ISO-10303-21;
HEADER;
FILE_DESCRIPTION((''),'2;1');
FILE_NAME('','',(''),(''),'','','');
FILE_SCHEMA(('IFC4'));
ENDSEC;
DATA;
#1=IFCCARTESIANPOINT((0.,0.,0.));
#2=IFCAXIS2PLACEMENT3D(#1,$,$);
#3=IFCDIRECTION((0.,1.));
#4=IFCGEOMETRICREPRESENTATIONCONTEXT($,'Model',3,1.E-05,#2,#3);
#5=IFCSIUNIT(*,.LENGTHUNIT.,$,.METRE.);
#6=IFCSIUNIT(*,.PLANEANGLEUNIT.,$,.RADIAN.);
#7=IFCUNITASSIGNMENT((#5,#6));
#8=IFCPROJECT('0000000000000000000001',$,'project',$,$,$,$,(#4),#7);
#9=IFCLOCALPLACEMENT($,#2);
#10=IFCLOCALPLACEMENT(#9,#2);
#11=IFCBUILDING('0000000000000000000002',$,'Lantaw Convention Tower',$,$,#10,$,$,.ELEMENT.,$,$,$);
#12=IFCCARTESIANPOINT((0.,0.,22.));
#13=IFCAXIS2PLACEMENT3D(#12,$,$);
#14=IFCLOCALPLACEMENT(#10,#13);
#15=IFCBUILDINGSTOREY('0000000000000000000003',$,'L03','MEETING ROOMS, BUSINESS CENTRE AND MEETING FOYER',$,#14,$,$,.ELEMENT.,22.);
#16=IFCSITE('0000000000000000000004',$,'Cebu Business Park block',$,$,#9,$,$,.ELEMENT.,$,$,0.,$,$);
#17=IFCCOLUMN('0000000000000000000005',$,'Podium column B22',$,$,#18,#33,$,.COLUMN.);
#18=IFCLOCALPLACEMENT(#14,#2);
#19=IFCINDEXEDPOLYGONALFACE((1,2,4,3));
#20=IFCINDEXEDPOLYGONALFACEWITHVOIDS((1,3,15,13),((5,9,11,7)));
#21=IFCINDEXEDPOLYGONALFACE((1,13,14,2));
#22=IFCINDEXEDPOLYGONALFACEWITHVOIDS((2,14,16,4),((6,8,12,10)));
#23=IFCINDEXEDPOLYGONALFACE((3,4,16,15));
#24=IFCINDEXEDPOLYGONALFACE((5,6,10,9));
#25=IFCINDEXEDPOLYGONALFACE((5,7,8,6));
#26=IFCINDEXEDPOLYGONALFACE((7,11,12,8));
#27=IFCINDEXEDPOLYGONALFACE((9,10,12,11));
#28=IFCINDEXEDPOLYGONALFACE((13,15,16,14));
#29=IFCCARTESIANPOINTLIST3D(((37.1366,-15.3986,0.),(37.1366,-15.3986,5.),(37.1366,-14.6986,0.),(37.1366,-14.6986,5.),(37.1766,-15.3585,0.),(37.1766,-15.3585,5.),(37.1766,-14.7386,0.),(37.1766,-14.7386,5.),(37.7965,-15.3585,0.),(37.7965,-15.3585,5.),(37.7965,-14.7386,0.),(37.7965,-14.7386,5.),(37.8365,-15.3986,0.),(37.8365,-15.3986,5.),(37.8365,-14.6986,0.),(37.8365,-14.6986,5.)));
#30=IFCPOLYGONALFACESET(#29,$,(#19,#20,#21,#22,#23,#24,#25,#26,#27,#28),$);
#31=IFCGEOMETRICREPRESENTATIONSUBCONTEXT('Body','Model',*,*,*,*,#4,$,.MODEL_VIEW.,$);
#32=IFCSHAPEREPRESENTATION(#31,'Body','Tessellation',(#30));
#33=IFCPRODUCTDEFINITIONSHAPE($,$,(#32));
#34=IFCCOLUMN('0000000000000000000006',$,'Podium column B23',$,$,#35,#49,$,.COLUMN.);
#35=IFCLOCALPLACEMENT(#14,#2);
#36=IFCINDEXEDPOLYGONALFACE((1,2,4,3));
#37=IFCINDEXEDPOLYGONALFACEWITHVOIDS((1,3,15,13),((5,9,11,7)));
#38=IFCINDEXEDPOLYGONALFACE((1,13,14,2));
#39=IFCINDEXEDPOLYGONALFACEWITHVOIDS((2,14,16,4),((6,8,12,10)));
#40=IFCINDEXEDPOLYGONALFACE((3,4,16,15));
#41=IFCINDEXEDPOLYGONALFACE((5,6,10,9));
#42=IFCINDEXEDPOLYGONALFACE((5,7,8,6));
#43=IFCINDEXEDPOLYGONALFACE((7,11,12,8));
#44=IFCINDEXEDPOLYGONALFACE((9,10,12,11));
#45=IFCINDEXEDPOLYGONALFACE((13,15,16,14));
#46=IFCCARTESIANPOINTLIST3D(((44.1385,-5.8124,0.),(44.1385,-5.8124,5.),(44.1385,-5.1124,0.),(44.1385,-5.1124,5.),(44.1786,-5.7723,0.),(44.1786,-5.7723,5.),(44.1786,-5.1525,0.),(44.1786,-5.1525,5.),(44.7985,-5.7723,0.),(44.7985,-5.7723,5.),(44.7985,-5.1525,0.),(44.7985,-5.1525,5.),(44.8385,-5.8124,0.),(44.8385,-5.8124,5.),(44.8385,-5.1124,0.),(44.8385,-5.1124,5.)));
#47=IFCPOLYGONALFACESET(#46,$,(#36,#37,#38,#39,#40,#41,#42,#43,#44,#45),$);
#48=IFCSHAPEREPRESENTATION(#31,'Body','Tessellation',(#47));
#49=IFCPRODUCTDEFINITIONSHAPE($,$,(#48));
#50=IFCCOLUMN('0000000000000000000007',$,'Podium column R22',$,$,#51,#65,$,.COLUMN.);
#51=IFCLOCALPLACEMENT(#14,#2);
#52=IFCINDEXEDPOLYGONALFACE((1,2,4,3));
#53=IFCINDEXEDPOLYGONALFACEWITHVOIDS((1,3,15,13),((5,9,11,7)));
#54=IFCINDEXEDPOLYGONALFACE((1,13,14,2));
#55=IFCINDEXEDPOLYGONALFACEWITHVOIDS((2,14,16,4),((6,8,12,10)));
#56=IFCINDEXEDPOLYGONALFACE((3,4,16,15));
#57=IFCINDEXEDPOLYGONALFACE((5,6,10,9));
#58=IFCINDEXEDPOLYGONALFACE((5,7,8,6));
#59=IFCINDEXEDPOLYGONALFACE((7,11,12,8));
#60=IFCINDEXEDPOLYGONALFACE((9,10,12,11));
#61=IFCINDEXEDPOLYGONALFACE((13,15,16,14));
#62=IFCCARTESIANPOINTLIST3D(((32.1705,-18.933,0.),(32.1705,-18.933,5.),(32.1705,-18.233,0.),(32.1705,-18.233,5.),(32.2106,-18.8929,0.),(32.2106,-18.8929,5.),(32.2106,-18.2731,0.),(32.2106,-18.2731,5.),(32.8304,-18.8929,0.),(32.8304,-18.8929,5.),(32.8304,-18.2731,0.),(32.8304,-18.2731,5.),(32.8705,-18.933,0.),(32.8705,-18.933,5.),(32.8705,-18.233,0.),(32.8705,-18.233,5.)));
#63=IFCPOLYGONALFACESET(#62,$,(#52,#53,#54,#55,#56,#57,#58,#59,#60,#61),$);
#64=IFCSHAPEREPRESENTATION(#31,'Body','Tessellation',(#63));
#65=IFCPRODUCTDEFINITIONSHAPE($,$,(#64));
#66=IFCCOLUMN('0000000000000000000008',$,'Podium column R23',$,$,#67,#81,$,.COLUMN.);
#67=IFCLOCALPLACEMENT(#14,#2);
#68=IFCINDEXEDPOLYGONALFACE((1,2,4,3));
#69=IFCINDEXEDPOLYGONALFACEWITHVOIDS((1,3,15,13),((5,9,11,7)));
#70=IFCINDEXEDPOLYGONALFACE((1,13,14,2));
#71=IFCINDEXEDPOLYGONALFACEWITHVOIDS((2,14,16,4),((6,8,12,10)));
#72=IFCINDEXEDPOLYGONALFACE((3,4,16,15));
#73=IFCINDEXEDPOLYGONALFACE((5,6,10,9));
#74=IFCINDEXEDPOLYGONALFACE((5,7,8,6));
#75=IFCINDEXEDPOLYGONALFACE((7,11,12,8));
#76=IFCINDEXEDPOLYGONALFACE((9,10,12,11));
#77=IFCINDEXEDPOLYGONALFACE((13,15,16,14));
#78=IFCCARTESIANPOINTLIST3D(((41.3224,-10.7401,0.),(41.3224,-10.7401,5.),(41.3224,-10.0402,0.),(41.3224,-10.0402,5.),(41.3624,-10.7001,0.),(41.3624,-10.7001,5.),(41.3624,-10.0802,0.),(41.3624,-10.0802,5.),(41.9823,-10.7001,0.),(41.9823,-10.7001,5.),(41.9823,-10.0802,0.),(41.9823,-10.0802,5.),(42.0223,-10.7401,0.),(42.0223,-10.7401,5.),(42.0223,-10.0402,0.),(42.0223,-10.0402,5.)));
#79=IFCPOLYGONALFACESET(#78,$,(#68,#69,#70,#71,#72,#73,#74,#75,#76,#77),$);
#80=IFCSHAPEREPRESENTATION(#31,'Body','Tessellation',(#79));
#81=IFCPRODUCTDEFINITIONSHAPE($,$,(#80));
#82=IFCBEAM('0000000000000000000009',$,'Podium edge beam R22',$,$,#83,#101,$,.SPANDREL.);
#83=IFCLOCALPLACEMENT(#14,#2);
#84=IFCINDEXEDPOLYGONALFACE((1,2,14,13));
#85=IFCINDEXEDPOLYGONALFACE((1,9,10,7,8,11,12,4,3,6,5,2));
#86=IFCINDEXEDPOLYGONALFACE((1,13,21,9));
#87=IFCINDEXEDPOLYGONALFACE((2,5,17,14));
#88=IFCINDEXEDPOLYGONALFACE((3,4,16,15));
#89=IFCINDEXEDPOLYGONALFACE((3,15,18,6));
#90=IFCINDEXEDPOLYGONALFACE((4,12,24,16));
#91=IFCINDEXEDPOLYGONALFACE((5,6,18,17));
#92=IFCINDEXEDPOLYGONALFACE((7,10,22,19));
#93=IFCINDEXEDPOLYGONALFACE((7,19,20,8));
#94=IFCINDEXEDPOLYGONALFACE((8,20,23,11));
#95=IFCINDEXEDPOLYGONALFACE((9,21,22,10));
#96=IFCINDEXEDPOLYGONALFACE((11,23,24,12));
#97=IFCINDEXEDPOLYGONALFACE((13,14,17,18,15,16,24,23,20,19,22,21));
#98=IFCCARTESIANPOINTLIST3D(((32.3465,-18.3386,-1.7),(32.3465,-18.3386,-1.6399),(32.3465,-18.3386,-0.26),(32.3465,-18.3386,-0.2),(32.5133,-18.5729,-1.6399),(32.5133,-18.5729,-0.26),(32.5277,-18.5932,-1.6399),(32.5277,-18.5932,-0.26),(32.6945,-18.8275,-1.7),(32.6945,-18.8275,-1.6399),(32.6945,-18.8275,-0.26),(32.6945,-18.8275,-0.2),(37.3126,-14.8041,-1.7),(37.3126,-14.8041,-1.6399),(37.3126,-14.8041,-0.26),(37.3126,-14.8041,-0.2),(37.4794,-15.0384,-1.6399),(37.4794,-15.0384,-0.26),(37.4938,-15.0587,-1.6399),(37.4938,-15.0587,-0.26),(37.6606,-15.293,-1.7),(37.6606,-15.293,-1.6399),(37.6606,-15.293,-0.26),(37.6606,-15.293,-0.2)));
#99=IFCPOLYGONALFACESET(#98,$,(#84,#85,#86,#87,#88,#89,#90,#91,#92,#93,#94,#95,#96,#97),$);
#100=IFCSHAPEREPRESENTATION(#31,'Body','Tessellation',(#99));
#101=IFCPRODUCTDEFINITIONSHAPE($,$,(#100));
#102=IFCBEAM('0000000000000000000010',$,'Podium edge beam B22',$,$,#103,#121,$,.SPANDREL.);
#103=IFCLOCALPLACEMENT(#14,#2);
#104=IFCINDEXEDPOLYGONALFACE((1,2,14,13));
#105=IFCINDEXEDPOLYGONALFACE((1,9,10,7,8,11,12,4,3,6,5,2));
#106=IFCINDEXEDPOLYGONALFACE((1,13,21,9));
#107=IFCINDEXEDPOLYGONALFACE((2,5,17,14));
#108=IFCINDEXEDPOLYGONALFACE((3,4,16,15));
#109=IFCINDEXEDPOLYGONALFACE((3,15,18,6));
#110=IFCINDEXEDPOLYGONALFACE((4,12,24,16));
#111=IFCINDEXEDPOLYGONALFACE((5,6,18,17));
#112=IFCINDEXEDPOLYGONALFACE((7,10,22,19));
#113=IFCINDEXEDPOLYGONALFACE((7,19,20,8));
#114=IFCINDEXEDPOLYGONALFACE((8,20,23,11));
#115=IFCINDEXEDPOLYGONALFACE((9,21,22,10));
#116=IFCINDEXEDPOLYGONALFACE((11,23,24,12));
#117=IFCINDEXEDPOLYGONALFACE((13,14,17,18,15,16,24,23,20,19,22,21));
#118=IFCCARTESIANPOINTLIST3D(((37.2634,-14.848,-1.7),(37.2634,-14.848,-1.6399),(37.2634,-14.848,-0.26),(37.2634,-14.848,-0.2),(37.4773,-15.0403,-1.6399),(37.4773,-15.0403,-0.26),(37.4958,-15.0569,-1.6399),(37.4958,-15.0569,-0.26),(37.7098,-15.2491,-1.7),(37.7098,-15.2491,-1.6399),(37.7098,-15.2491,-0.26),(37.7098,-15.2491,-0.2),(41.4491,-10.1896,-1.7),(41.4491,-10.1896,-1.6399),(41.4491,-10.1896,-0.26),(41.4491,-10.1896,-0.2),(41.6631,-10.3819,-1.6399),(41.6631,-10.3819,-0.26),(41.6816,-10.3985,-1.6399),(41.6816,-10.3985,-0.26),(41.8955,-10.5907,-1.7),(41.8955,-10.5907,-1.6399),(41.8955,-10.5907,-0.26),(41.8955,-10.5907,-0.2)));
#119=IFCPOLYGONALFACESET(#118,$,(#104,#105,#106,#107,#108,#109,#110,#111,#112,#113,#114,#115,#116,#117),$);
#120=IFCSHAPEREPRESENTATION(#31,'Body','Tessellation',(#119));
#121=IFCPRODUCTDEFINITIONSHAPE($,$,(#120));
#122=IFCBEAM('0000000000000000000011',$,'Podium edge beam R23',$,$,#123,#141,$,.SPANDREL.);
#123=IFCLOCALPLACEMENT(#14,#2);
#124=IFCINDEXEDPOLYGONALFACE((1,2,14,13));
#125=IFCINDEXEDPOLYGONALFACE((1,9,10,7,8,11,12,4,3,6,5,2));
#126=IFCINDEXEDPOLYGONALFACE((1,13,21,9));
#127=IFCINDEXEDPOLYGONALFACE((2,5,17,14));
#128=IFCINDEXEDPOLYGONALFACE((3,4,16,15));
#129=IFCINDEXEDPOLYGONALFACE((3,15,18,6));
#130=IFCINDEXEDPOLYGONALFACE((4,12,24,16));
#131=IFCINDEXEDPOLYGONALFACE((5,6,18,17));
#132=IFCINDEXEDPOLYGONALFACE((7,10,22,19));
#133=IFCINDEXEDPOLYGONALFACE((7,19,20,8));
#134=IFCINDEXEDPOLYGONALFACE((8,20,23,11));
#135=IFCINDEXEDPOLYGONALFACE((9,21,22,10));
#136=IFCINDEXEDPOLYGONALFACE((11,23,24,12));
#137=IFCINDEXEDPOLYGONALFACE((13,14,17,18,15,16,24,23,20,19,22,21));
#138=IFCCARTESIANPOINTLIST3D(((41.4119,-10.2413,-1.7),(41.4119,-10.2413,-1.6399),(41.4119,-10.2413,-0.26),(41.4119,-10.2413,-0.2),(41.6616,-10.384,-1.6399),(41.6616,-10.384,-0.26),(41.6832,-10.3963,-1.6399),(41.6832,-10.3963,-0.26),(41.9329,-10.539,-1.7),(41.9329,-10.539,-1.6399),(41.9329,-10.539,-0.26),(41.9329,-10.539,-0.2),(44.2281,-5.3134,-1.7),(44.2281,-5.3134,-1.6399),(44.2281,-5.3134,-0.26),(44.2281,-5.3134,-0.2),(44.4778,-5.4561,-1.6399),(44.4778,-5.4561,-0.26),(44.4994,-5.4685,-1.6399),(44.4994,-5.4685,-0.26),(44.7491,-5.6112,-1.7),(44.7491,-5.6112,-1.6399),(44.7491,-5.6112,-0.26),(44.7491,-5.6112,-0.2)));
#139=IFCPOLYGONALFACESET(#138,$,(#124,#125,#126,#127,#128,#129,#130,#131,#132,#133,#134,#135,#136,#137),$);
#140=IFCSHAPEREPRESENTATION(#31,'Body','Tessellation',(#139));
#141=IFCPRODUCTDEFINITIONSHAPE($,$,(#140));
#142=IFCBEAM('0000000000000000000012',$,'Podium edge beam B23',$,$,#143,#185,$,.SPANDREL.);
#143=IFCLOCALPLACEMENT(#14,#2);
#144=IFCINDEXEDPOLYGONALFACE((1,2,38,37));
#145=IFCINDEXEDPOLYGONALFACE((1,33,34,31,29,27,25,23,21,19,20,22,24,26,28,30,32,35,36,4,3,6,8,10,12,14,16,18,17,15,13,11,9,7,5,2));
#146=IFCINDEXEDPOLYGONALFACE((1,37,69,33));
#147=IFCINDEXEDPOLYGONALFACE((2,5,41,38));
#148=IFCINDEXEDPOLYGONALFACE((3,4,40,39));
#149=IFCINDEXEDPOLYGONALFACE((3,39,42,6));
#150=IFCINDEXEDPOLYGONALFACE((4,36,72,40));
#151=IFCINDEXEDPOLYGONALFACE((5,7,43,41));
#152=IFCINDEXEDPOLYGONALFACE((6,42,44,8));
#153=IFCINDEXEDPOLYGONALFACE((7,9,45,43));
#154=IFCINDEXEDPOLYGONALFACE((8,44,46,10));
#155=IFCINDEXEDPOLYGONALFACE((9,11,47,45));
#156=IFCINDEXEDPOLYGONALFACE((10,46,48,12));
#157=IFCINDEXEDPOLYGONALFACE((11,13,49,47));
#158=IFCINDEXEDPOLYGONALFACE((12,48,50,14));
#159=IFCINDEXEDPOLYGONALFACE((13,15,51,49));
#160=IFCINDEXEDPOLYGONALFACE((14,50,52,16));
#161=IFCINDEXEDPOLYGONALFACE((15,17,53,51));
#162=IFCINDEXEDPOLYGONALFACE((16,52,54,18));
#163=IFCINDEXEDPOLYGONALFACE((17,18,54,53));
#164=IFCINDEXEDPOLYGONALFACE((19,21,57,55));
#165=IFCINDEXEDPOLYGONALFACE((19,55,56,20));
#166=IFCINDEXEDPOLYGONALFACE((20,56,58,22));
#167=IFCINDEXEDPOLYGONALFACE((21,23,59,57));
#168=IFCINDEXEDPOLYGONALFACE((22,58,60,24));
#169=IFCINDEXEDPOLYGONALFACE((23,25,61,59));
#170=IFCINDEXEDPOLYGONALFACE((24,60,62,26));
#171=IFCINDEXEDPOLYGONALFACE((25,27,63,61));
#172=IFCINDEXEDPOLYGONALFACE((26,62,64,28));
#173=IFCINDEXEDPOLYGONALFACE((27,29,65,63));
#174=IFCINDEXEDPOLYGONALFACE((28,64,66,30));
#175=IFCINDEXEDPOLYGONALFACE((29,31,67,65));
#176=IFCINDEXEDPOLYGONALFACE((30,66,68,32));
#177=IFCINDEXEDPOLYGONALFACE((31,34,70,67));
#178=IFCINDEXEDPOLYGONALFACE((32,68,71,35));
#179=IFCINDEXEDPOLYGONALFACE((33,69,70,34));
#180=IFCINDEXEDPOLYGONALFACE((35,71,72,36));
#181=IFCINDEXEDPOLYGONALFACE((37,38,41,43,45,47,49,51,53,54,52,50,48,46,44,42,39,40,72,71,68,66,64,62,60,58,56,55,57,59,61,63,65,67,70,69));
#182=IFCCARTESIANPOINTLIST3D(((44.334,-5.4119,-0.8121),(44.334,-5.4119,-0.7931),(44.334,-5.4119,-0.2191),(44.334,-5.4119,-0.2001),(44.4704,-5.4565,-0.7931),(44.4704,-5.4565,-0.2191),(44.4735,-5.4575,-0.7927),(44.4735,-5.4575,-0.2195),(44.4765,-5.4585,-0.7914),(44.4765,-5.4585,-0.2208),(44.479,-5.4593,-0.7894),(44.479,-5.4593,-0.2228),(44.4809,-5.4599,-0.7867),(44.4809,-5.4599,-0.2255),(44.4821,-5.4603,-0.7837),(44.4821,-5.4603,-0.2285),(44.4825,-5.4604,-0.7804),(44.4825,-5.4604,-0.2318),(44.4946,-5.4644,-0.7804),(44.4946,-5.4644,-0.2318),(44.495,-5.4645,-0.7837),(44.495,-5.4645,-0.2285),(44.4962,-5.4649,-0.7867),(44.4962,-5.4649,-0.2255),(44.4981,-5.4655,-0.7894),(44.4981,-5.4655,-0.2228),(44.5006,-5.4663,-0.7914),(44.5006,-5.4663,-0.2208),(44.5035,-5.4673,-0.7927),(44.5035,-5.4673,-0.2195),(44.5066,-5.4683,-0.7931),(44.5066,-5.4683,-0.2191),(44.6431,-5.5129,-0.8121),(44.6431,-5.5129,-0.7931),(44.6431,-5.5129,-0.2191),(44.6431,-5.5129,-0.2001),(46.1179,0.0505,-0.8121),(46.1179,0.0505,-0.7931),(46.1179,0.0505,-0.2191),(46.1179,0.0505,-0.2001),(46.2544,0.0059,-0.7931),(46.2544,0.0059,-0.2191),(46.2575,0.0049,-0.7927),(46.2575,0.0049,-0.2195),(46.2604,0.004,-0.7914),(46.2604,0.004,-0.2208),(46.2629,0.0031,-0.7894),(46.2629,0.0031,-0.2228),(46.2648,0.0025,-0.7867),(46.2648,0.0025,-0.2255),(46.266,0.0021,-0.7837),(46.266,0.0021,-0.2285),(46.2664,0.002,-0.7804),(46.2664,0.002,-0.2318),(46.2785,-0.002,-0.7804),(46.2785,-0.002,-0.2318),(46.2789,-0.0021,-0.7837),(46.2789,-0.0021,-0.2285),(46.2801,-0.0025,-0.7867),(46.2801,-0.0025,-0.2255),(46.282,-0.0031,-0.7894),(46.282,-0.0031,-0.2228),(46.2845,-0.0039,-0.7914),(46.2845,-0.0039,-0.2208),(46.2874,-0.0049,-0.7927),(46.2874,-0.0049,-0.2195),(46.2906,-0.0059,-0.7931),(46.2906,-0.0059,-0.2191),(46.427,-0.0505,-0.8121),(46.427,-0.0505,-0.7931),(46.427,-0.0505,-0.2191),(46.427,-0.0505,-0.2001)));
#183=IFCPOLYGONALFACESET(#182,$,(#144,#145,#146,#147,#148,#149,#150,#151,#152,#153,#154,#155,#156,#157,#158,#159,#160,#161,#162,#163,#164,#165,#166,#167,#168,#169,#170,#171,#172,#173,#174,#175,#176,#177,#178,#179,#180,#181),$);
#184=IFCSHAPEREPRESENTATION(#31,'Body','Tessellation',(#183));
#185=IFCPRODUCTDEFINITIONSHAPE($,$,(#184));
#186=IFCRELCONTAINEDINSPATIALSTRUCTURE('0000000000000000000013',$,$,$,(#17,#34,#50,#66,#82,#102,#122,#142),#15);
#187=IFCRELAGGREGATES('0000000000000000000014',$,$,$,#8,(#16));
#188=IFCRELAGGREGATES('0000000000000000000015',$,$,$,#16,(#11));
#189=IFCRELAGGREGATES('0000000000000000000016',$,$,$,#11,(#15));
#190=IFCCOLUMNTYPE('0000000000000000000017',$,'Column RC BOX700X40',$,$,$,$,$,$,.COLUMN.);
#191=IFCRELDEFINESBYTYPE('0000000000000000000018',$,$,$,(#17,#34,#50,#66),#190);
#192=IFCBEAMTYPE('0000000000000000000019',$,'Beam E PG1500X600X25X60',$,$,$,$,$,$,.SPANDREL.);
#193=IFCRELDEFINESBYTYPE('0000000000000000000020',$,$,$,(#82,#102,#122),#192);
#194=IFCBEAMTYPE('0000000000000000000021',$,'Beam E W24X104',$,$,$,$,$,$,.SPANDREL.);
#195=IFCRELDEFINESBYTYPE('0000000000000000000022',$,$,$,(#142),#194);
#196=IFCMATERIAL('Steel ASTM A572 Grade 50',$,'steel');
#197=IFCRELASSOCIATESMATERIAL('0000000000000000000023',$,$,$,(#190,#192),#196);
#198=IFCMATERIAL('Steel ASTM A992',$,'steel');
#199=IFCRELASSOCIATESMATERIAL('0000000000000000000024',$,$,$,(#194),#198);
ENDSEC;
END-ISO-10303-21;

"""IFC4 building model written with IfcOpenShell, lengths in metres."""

from ifc_helpers import new_model, si_unit, direction, frame, origin, origin_2d, place, context, subcontext, project, spatial, hollow_rectangle, i_section, extrude, material, material_profile, profile_set, type_object, element, save


model = new_model("IFC4")

# Units and contexts
model_context = context("Model", 3, precision=1e-05, world=origin(), true_north=direction((0.0, 1.0)))
body_context = subcontext(model_context, "Body", "Model", "MODEL_VIEW")
ifc_project = project(units=[si_unit("LENGTHUNIT", "METRE"), si_unit("PLANEANGLEUNIT", "RADIAN")], contexts=[model_context])

# Site, building, storey
site_placement = place(None, origin())
site = spatial("IfcSite", under=ifc_project, at=site_placement, Name="Cebu Business Park block", CompositionType="ELEMENT", RefElevation=0.0)
building_placement = place(site_placement, origin())
building = spatial("IfcBuilding", under=site, at=building_placement, Name="Lantaw Convention Tower", CompositionType="ELEMENT")
storey_placement = place(building_placement, frame((0.0, 0.0, 22.0)))
storey = spatial("IfcBuildingStorey", under=building, at=storey_placement, Name="L03", Description="MEETING ROOMS, BUSINESS CENTRE AND MEETING FOYER", CompositionType="ELEMENT", Elevation=22.0)

# Columns
ifc_material_1 = material(Name="Steel ASTM A572 Grade 50", Category="steel")
ifc_material_profile_1 = material_profile(ifc_material_1, hollow_rectangle(XDim=0.7, YDim=0.7, WallThickness=0.04, at=origin_2d()), Name="BOX700X40")
ifc_profile_set_1 = profile_set([ifc_material_profile_1], Name="Steel ASTM A572 Grade 50")
column_type = type_object("IfcColumnType", Name="Column RC BOX700X40", PredefinedType="COLUMN", material=ifc_profile_set_1)
for number, where, z_axis, x_axis, name in (
    (1, (37.4866, -15.0486, 0.0), (0.0, 0.0, 1.0), (1.0, 0.0, 0.0), "Podium column B22"),
    (2, (44.4885, -5.4624, 0.0), (0.0, 0.0, 1.0), (1.0, 0.0, 0.0), "Podium column B23"),
    (3, (32.5205, -18.583, 0.0), (0.0, 0.0, 1.0), (1.0, 0.0, 0.0), "Podium column R22"),
    (4, (41.6724, -10.3901, 0.0), (0.0, 0.0, 1.0), (1.0, 0.0, 0.0), "Podium column R23"),
):
    element("IfcColumn", number, at=place(storey_placement, frame(where, z_axis=z_axis, x_axis=x_axis)), inside=storey, type_object=column_type, Name=name, PredefinedType="COLUMN", context=body_context, shape_type="SweptSolid", body=[
        extrude(hollow_rectangle(XDim=0.7, YDim=0.7, WallThickness=0.04, at=origin_2d()), origin(), (0.0, 0.0, 1.0), 5.0),
    ])

# Beams
ifc_material_profile_2 = material_profile(ifc_material_1, i_section(OverallWidth=0.6001, OverallDepth=1.5, WebThickness=0.0249, FlangeThickness=0.0601, at=origin_2d()), Name="PG1500X600X25X60")
ifc_profile_set_2 = profile_set([ifc_material_profile_2], Name="Steel ASTM A572 Grade 50")
beam_type_1 = type_object("IfcBeamType", Name="Beam E PG1500X600X25X60", PredefinedType="SPANDREL", material=ifc_profile_set_2)
beam_1_placement = place(storey_placement, frame((32.5205, -18.583, -0.95), z_axis=(0.814723, 0.579851, 0.0), x_axis=(-0.579851, 0.814723, 0.0)))
element("IfcBeam", 5, at=beam_1_placement, inside=storey, type_object=beam_type_1, Name="Podium edge beam R22", PredefinedType="SPANDREL", context=body_context, shape_type="SweptSolid", body=[
    extrude(i_section(OverallWidth=0.6001, OverallDepth=1.5, WebThickness=0.0249, FlangeThickness=0.0601, at=origin_2d()), origin(), (0.0, 0.0, 1.0), 6.0955),
])
beam_2_placement = place(storey_placement, frame((37.4866, -15.0486, -0.95), z_axis=(0.668364, 0.743835, 0.0), x_axis=(-0.743835, 0.668364, 0.0)))
element("IfcBeam", 6, at=beam_2_placement, inside=storey, type_object=beam_type_1, Name="Podium edge beam B22", PredefinedType="SPANDREL", context=body_context, shape_type="SweptSolid", body=[
    extrude(i_section(OverallWidth=0.6001, OverallDepth=1.5, WebThickness=0.0249, FlangeThickness=0.0601, at=origin_2d()), origin(), (0.0, 0.0, 1.0), 6.2627),
])
beam_3_placement = place(storey_placement, frame((41.6724, -10.3901, -0.95), z_axis=(0.496181, 0.868219, 0.0), x_axis=(-0.868219, 0.496181, 0.0)))
element("IfcBeam", 7, at=beam_3_placement, inside=storey, type_object=beam_type_1, Name="Podium edge beam R23", PredefinedType="SPANDREL", context=body_context, shape_type="SweptSolid", body=[
    extrude(i_section(OverallWidth=0.6001, OverallDepth=1.5, WebThickness=0.0249, FlangeThickness=0.0601, at=origin_2d()), origin(), (0.0, 0.0, 1.0), 5.6758),
])
ifc_material_2 = material(Name="Steel ASTM A992", Category="steel")
ifc_material_profile_3 = material_profile(ifc_material_2, i_section(OverallWidth=0.3252, OverallDepth=0.6121, WebThickness=0.0127, FlangeThickness=0.019, FilletRadius=0.0127, at=origin_2d()), Name="W24X104")
ifc_profile_set_3 = profile_set([ifc_material_profile_3], Name="Steel ASTM A992")
beam_type_2 = type_object("IfcBeamType", Name="Beam E W24X104", PredefinedType="SPANDREL", material=ifc_profile_set_3)
beam_4_placement = place(storey_placement, frame((44.4885, -5.4624, -0.5061), z_axis=(0.310448, 0.95059, 0.0), x_axis=(-0.95059, 0.310448, 0.0)))
element("IfcBeam", 8, at=beam_4_placement, inside=storey, type_object=beam_type_2, Name="Podium edge beam B23", PredefinedType="SPANDREL", context=body_context, shape_type="SweptSolid", body=[
    extrude(i_section(OverallWidth=0.3252, OverallDepth=0.6121, WebThickness=0.0127, FlangeThickness=0.019, FilletRadius=0.0127, at=origin_2d()), origin(), (0.0, 0.0, 1.0), 5.7463),
])

save(model, "model.ifc")
